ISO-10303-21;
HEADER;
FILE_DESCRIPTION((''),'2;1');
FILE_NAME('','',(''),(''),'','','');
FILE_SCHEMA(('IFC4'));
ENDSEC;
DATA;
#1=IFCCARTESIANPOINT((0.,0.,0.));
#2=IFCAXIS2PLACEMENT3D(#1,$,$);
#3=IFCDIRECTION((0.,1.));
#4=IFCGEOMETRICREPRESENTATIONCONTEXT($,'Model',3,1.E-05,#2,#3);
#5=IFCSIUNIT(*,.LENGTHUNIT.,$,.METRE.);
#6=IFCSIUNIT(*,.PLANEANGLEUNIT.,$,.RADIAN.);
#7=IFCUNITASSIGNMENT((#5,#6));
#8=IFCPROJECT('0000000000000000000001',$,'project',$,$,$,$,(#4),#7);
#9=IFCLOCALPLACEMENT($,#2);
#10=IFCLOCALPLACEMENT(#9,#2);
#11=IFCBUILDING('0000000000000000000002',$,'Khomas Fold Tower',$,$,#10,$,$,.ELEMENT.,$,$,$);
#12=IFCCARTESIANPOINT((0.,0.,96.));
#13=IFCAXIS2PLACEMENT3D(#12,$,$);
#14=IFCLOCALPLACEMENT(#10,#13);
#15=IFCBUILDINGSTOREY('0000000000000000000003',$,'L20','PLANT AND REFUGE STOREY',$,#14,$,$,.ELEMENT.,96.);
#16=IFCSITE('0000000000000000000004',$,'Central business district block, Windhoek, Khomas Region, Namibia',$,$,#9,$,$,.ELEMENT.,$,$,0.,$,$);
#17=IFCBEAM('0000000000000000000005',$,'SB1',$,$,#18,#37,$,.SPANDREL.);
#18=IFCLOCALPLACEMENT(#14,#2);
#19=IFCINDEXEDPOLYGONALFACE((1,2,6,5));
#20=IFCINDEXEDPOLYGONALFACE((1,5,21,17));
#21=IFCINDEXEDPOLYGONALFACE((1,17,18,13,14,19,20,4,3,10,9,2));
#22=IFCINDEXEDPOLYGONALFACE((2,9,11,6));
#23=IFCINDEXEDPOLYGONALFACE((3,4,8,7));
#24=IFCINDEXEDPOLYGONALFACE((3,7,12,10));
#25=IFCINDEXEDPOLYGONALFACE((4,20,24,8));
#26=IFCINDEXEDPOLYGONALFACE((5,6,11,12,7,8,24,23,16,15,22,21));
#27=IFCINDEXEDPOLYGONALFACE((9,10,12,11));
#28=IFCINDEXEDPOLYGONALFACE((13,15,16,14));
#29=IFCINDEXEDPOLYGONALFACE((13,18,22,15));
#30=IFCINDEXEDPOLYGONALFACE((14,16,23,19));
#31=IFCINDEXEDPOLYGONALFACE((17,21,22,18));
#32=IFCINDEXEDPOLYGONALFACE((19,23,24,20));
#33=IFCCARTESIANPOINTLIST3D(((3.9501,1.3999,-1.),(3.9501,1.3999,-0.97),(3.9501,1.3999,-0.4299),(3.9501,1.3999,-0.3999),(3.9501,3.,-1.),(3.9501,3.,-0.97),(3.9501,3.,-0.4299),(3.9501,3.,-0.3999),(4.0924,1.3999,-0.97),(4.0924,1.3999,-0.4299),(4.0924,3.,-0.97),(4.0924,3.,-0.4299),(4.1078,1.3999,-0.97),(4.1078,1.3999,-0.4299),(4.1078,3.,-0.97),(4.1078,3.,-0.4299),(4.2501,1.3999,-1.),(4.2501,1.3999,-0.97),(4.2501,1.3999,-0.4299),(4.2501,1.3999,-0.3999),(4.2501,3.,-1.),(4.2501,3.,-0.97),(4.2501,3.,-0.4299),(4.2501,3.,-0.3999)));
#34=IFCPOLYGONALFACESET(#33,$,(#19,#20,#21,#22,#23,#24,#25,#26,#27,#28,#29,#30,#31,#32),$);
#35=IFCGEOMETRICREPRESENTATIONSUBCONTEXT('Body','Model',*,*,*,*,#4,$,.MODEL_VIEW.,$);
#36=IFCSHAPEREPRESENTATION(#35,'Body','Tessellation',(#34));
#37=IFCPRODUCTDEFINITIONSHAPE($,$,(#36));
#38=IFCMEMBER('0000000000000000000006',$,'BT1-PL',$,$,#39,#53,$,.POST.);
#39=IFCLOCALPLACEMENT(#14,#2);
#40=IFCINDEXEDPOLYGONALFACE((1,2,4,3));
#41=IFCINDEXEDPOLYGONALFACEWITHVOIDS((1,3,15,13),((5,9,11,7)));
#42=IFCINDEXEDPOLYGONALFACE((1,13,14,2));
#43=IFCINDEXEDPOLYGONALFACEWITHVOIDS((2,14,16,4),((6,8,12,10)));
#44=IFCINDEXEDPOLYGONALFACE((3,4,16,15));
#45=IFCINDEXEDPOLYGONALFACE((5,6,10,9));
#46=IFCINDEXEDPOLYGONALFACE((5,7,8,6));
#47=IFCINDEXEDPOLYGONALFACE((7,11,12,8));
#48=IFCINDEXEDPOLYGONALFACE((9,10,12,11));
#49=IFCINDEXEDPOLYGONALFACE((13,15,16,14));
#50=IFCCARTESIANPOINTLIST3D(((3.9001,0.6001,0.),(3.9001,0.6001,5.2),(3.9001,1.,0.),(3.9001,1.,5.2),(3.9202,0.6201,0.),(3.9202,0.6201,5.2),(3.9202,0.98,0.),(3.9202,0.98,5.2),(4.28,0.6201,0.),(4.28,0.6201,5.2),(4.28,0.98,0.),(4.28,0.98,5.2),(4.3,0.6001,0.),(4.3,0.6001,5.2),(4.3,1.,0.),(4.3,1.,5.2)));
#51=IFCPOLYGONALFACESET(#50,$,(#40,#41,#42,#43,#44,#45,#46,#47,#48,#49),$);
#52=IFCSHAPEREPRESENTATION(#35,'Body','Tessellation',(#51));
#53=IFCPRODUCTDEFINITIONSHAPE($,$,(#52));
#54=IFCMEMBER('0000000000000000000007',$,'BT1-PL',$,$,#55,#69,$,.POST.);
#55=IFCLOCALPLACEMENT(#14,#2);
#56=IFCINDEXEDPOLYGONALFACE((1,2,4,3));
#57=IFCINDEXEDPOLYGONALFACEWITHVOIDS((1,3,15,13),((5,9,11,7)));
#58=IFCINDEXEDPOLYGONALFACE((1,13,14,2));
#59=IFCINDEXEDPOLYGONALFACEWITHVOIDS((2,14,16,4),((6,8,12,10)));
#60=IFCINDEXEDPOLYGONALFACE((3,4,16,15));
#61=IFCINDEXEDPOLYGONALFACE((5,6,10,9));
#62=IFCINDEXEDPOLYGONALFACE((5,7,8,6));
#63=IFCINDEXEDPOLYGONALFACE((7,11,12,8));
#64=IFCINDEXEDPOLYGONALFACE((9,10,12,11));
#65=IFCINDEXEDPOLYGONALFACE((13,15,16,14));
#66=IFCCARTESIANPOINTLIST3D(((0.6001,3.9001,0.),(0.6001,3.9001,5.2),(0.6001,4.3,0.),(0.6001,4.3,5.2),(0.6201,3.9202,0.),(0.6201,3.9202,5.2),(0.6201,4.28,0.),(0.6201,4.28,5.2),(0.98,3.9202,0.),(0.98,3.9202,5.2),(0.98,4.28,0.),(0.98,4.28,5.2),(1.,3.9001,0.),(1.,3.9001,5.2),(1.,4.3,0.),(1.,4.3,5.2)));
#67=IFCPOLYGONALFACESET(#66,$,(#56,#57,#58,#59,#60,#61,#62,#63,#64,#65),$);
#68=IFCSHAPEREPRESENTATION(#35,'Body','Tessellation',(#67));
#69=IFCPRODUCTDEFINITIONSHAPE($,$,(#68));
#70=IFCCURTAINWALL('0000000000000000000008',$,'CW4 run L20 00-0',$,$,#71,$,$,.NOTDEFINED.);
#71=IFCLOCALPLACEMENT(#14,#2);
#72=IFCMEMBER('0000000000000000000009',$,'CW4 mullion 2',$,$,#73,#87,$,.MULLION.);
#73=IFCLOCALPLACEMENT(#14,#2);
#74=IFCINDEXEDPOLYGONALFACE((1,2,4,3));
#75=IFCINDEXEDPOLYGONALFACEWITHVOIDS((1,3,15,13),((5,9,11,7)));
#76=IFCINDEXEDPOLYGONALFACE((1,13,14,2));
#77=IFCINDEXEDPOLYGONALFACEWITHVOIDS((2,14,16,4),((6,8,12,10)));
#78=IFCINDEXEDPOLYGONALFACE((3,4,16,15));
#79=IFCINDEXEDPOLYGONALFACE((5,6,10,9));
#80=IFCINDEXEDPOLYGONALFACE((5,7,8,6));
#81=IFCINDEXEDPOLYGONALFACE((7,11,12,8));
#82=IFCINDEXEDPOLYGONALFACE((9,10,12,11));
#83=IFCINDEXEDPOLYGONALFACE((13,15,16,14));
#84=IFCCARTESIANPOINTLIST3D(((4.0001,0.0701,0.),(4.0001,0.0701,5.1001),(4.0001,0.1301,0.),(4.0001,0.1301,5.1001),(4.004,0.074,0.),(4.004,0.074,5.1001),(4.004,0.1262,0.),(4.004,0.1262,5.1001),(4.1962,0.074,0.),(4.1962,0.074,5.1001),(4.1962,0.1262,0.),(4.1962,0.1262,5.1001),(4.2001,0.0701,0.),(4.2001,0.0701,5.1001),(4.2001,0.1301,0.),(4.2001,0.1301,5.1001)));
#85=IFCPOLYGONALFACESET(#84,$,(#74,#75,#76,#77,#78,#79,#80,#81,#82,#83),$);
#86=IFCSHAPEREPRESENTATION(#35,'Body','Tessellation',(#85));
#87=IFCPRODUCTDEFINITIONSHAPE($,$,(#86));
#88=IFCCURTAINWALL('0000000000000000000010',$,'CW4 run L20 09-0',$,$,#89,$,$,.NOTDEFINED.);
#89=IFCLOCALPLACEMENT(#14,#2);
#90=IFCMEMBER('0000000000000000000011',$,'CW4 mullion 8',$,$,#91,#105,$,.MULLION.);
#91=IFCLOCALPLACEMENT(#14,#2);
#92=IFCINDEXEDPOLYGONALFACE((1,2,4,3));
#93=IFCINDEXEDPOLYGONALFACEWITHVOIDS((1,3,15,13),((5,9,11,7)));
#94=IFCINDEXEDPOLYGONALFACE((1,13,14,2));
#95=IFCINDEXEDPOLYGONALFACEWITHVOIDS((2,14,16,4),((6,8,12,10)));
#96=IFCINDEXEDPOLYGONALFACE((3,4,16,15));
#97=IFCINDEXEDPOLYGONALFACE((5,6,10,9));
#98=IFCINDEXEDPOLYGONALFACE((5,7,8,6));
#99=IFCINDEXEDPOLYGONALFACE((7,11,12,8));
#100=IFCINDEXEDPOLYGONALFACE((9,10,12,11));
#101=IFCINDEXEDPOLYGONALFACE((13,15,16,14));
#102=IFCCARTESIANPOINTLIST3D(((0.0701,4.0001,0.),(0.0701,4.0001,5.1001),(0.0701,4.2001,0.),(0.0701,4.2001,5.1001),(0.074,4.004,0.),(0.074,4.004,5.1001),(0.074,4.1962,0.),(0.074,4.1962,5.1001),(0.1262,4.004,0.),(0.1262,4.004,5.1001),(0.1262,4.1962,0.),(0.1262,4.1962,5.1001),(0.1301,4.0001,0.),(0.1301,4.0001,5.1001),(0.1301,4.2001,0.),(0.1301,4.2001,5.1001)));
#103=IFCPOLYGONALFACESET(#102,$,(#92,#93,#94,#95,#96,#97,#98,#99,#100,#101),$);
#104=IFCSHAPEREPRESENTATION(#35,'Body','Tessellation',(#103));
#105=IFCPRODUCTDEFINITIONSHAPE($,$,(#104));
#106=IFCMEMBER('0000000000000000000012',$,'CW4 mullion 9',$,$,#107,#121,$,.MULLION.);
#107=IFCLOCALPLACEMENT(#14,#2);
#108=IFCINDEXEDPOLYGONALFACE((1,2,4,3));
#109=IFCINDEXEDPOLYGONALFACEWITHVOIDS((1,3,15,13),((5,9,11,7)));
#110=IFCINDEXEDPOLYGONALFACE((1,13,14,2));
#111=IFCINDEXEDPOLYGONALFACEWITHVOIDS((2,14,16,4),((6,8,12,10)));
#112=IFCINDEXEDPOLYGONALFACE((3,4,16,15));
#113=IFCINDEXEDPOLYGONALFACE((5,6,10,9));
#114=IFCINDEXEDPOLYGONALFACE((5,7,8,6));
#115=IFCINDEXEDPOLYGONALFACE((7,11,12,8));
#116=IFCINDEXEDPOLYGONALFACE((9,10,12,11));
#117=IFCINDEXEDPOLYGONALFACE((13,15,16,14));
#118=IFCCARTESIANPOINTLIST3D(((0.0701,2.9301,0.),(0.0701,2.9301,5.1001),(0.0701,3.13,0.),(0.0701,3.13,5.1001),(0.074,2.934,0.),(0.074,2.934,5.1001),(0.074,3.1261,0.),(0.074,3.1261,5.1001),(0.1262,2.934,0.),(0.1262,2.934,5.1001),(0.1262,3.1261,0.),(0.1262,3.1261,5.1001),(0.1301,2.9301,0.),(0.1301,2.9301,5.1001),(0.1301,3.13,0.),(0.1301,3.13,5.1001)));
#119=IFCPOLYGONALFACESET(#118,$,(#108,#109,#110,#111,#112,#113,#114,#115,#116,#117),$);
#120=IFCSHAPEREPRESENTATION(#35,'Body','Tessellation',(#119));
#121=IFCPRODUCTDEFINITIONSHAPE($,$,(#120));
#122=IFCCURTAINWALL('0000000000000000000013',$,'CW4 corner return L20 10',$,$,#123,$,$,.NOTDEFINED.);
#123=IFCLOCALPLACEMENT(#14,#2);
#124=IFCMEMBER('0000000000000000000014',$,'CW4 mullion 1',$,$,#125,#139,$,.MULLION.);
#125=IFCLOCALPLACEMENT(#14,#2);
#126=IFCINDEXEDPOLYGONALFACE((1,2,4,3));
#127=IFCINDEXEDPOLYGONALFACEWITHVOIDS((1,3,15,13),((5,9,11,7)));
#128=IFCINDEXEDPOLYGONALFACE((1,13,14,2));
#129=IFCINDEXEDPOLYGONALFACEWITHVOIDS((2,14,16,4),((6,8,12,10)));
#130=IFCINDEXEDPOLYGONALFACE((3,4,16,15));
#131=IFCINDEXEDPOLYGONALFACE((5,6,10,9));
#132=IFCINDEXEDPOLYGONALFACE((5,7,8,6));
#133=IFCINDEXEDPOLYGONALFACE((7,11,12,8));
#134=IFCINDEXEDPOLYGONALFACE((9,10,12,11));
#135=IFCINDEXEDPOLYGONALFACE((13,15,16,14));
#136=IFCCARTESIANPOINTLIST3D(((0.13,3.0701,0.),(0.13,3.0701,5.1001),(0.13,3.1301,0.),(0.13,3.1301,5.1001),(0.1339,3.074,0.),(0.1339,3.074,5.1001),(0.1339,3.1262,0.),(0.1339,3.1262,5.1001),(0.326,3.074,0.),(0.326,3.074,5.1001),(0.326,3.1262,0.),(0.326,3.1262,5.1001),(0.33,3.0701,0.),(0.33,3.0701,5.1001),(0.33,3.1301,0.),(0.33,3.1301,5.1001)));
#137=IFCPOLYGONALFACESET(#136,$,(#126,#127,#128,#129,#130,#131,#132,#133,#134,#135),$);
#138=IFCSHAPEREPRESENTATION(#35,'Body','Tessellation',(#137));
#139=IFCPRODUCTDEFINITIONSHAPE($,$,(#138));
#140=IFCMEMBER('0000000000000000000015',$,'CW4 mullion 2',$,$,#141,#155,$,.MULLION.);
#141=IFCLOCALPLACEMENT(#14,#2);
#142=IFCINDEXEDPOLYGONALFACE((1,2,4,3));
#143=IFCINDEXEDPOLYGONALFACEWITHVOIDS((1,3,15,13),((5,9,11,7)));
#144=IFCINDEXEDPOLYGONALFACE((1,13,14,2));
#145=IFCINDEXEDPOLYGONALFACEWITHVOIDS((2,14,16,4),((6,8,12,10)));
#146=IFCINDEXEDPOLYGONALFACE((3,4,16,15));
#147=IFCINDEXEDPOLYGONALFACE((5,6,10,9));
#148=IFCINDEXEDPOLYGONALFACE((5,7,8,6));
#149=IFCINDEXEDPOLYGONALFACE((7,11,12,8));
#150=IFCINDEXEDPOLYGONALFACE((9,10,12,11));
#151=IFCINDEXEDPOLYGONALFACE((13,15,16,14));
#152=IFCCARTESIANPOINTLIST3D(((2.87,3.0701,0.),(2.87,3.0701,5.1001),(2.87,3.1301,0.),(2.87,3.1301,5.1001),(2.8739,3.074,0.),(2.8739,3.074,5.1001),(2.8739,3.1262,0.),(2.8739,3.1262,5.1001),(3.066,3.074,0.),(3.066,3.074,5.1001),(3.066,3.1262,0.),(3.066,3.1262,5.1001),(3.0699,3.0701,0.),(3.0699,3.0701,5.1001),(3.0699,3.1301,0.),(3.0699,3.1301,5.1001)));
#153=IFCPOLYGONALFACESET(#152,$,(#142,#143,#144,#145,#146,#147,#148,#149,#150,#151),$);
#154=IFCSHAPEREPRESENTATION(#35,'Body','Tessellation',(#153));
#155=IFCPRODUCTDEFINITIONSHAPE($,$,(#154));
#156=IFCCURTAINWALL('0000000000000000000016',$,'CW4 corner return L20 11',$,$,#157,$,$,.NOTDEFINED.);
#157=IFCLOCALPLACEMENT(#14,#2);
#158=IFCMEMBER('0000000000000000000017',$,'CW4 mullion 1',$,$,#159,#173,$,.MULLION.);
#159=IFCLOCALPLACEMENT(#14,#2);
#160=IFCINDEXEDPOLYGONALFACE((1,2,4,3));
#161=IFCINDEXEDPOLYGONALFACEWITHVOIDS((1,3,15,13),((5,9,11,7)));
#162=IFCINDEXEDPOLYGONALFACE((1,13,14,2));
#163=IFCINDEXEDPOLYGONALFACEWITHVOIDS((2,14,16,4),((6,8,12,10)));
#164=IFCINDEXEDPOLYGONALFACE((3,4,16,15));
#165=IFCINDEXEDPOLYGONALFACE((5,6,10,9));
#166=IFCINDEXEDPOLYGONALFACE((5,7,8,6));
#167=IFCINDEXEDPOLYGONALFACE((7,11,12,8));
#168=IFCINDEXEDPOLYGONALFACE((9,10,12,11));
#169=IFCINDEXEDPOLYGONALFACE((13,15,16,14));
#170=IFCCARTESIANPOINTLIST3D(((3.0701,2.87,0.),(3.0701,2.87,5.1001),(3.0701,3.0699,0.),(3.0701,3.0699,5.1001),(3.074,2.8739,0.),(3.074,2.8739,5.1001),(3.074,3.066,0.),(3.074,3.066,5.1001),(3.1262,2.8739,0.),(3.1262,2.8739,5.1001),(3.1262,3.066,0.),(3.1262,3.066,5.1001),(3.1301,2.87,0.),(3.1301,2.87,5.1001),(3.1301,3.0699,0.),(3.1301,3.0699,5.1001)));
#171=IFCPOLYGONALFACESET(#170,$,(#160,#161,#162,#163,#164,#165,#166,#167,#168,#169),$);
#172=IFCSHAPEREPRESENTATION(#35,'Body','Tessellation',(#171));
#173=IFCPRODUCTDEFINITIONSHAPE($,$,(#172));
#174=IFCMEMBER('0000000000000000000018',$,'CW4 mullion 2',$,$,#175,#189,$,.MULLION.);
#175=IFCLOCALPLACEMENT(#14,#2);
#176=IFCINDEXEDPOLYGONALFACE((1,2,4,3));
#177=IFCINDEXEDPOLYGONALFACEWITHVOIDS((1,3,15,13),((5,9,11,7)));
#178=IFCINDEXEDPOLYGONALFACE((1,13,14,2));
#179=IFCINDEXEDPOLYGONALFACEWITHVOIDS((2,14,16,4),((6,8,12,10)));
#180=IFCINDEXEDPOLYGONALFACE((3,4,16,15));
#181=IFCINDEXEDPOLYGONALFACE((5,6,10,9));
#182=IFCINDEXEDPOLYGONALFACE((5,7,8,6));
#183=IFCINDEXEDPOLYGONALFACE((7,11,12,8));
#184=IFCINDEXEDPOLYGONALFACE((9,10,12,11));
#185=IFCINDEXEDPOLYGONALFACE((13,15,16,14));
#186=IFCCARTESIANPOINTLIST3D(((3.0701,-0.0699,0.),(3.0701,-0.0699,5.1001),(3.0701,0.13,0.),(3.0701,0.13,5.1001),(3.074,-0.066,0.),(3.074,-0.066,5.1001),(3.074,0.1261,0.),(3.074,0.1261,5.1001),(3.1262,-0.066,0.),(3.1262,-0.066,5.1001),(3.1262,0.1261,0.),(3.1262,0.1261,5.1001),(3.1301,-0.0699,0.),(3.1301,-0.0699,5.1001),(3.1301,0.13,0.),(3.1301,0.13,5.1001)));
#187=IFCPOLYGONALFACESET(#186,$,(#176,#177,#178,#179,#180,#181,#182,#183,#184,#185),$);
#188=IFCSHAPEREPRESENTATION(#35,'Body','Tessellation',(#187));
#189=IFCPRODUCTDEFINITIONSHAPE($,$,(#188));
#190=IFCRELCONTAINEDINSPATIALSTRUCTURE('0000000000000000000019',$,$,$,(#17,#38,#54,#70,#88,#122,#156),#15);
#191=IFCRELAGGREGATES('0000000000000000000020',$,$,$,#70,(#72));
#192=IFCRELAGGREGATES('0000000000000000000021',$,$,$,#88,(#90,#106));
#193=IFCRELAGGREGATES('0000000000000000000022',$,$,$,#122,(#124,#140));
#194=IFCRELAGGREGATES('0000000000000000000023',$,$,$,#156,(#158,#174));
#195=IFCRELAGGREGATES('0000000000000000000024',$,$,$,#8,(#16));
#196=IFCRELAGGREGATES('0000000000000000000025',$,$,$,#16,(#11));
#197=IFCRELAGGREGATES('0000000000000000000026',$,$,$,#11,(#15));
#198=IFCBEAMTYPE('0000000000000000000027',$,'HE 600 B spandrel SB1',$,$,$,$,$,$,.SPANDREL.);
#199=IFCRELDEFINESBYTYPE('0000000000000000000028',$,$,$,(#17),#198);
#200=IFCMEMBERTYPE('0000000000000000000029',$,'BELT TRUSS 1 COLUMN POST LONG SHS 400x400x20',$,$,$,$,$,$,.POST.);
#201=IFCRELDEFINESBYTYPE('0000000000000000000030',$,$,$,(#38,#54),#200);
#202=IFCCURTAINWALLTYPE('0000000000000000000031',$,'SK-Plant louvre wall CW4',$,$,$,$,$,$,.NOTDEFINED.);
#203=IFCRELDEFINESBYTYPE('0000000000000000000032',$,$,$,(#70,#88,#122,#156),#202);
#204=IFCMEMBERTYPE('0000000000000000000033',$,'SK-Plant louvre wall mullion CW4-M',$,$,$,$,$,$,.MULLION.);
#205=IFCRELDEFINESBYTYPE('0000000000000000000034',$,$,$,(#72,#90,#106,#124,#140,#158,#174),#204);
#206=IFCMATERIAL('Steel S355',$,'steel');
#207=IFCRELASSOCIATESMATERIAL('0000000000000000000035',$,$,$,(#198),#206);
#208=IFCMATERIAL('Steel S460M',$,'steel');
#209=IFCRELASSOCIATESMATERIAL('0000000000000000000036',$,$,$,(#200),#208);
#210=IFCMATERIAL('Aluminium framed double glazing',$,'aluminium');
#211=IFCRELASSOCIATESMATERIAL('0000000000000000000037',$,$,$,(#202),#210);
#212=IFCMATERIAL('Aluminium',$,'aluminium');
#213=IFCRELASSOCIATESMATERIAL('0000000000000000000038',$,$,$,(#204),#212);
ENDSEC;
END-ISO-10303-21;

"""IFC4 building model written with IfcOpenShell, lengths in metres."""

from ifc_helpers import new_model, si_unit, direction, frame, origin, origin_2d, place, context, subcontext, project, spatial, hollow_rectangle, i_section, extrude, source, transform, mapped, material, material_profile, profile_set, type_object, element, aggregate, save


model = new_model("IFC4")

# Units and contexts
model_context = context("Model", 3, precision=1e-05, world=origin(), true_north=direction((0.0, 1.0)))
body_context = subcontext(model_context, "Body", "Model", "MODEL_VIEW")
ifc_project = project(units=[si_unit("LENGTHUNIT", "METRE"), si_unit("PLANEANGLEUNIT", "RADIAN")], contexts=[model_context])

# Site, building, storey
site_placement = place(None, origin())
site = spatial("IfcSite", under=ifc_project, at=site_placement, Name="Central business district block, Windhoek, Khomas Region, Namibia", CompositionType="ELEMENT", RefElevation=0.0)
building_placement = place(site_placement, origin())
building = spatial("IfcBuilding", under=site, at=building_placement, Name="Khomas Fold Tower", CompositionType="ELEMENT")
storey_placement = place(building_placement, frame((0.0, 0.0, 96.0)))
storey = spatial("IfcBuildingStorey", under=building, at=storey_placement, Name="L20", Description="PLANT AND REFUGE STOREY", CompositionType="ELEMENT", Elevation=96.0)

# Beam
ifc_material_1 = material(Name="Steel S355", Category="steel")
ifc_material_profile_1 = material_profile(ifc_material_1, i_section(OverallWidth=0.3, OverallDepth=0.6001, WebThickness=0.0154, FlangeThickness=0.03, at=origin_2d()), Name="HE 600 B")
ifc_profile_set_1 = profile_set([ifc_material_profile_1], Name="Steel S355")
beam_type = type_object("IfcBeamType", Name="HE 600 B spandrel SB1", PredefinedType="SPANDREL", material=ifc_profile_set_1)
shared_shape_1 = source(origin(), body_context, "Body", "SweptSolid", [
    extrude(i_section(OverallWidth=0.3, OverallDepth=0.6001, WebThickness=0.0154, FlangeThickness=0.03, at=origin_2d()), origin(), (0.0, 0.0, 1.0), 1.6001),
])
beam_placement = place(storey_placement, frame((4.1001, 1.3999, -0.7), z_axis=(0.0, 1.0, 0.0), x_axis=(-1.0, 0.0, 0.0)))
element("IfcBeam", 1, at=beam_placement, inside=storey, type_object=beam_type, Name="SB1", PredefinedType="SPANDREL", context=body_context, shape_type="MappedRepresentation", body=[
    mapped(shared_shape_1, transform((0.0, 0.0, 0.0))),
])

# Members
ifc_material_2 = material(Name="Steel S460M", Category="steel")
ifc_material_profile_2 = material_profile(ifc_material_2, hollow_rectangle(XDim=0.3999, YDim=0.3999, WallThickness=0.02, at=origin_2d()), Name="SHS 400x400x20")
ifc_profile_set_2 = profile_set([ifc_material_profile_2], Name="Steel S460M")
member_type_1 = type_object("IfcMemberType", Name="BELT TRUSS 1 COLUMN POST LONG SHS 400x400x20", PredefinedType="POST", material=ifc_profile_set_2)
shared_shape_2 = source(origin(), body_context, "Body", "SweptSolid", [
    extrude(hollow_rectangle(XDim=0.3999, YDim=0.3999, WallThickness=0.02, at=origin_2d()), origin(), (0.0, 0.0, 1.0), 5.2),
])
for number, where, z_axis, x_axis, name in (
    (2, (4.1001, 0.8, 0.0), (0.0, 0.0, 1.0), (1.0, 0.0, 0.0), "BT1-PL"),
    (3, (0.8, 4.1001, 0.0), (0.0, 0.0, 1.0), (1.0, 0.0, 0.0), "BT1-PL"),
):
    element("IfcMember", number, at=place(storey_placement, frame(where, z_axis=z_axis, x_axis=x_axis)), inside=storey, type_object=member_type_1, Name=name, PredefinedType="POST", context=body_context, shape_type="MappedRepresentation", body=[
        mapped(shared_shape_2, transform((0.0, 0.0, 0.0))),
    ])

# Curtain wall, member
ifc_material_3 = material(Name="Aluminium framed double glazing", Category="aluminium")
curtain_wall_type = type_object("IfcCurtainWallType", Name="SK-Plant louvre wall CW4", PredefinedType="NOTDEFINED", material=ifc_material_3)
curtain_wall_1_placement = place(storey_placement, origin())
curtain_wall_1 = element("IfcCurtainWall", 4, at=curtain_wall_1_placement, inside=storey, type_object=curtain_wall_type, Name="CW4 run L20 00-0", PredefinedType="NOTDEFINED")
ifc_material_4 = material(Name="Aluminium", Category="aluminium")
ifc_material_profile_3 = material_profile(ifc_material_4, hollow_rectangle(XDim=0.0601, YDim=0.2, WallThickness=0.0039, at=origin_2d()), Name="SK-Plant louvre wall mullion CW4-M")
ifc_profile_set_3 = profile_set([ifc_material_profile_3], Name="Aluminium")
member_type_2 = type_object("IfcMemberType", Name="SK-Plant louvre wall mullion CW4-M", PredefinedType="MULLION", material=ifc_profile_set_3)
shared_shape_3 = source(origin(), body_context, "Body", "SweptSolid", [
    extrude(hollow_rectangle(XDim=0.0601, YDim=0.2, WallThickness=0.0039, at=origin_2d()), origin(), (0.0, 0.0, 1.0), 5.1001),
])
member_1_placement = place(storey_placement, frame((4.1001, 0.1001, 0.0), z_axis=(0.0, 0.0, 1.0), x_axis=(0.0, 1.0, 0.0)))
member_1 = element("IfcMember", 5, at=member_1_placement, type_object=member_type_2, Name="CW4 mullion 2", PredefinedType="MULLION", context=body_context, shape_type="MappedRepresentation", body=[
    mapped(shared_shape_3, transform((0.0, 0.0, 0.0))),
])

# Curtain walls, members
curtain_wall_2_placement = place(storey_placement, origin())
curtain_wall_2 = element("IfcCurtainWall", 6, at=curtain_wall_2_placement, inside=storey, type_object=curtain_wall_type, Name="CW4 run L20 09-0", PredefinedType="NOTDEFINED")
member_2_placement = place(storey_placement, frame((0.1001, 4.1001, 0.0), z_axis=(0.0, 0.0, 1.0), x_axis=(1.0, 0.0, 0.0)))
member_2 = element("IfcMember", 7, at=member_2_placement, type_object=member_type_2, Name="CW4 mullion 8", PredefinedType="MULLION", context=body_context, shape_type="MappedRepresentation", body=[
    mapped(shared_shape_3, transform((0.0, 0.0, 0.0))),
])
member_3_placement = place(storey_placement, frame((0.1001, 3.03, 0.0), z_axis=(0.0, 0.0, 1.0), x_axis=(1.0, 0.0, 0.0)))
member_3 = element("IfcMember", 8, at=member_3_placement, type_object=member_type_2, Name="CW4 mullion 9", PredefinedType="MULLION", context=body_context, shape_type="MappedRepresentation", body=[
    mapped(shared_shape_3, transform((0.0, 0.0, 0.0))),
])
curtain_wall_3_placement = place(storey_placement, origin())
curtain_wall_3 = element("IfcCurtainWall", 9, at=curtain_wall_3_placement, inside=storey, type_object=curtain_wall_type, Name="CW4 corner return L20 10", PredefinedType="NOTDEFINED")
member_4_placement = place(storey_placement, frame((0.23, 3.1001, 0.0), z_axis=(0.0, 0.0, 1.0), x_axis=(0.0, 1.0, 0.0)))
member_4 = element("IfcMember", 10, at=member_4_placement, type_object=member_type_2, Name="CW4 mullion 1", PredefinedType="MULLION", context=body_context, shape_type="MappedRepresentation", body=[
    mapped(shared_shape_3, transform((0.0, 0.0, 0.0))),
])
member_5_placement = place(storey_placement, frame((2.97, 3.1001, 0.0), z_axis=(0.0, 0.0, 1.0), x_axis=(0.0, 1.0, 0.0)))
member_5 = element("IfcMember", 11, at=member_5_placement, type_object=member_type_2, Name="CW4 mullion 2", PredefinedType="MULLION", context=body_context, shape_type="MappedRepresentation", body=[
    mapped(shared_shape_3, transform((0.0, 0.0, 0.0))),
])
curtain_wall_4_placement = place(storey_placement, origin())
curtain_wall_4 = element("IfcCurtainWall", 12, at=curtain_wall_4_placement, inside=storey, type_object=curtain_wall_type, Name="CW4 corner return L20 11", PredefinedType="NOTDEFINED")
member_6_placement = place(storey_placement, frame((3.1001, 2.97, 0.0), z_axis=(0.0, 0.0, 1.0), x_axis=(1.0, 0.0, 0.0)))
member_6 = element("IfcMember", 13, at=member_6_placement, type_object=member_type_2, Name="CW4 mullion 1", PredefinedType="MULLION", context=body_context, shape_type="MappedRepresentation", body=[
    mapped(shared_shape_3, transform((0.0, 0.0, 0.0))),
])
member_7_placement = place(storey_placement, frame((3.1001, 0.03, 0.0), z_axis=(0.0, 0.0, 1.0), x_axis=(1.0, 0.0, 0.0)))
member_7 = element("IfcMember", 14, at=member_7_placement, type_object=member_type_2, Name="CW4 mullion 2", PredefinedType="MULLION", context=body_context, shape_type="MappedRepresentation", body=[
    mapped(shared_shape_3, transform((0.0, 0.0, 0.0))),
])

aggregate(curtain_wall_1, [member_1])
aggregate(curtain_wall_2, [member_2, member_3])
aggregate(curtain_wall_3, [member_4, member_5])
aggregate(curtain_wall_4, [member_6, member_7])

save(model, "model.ifc")
